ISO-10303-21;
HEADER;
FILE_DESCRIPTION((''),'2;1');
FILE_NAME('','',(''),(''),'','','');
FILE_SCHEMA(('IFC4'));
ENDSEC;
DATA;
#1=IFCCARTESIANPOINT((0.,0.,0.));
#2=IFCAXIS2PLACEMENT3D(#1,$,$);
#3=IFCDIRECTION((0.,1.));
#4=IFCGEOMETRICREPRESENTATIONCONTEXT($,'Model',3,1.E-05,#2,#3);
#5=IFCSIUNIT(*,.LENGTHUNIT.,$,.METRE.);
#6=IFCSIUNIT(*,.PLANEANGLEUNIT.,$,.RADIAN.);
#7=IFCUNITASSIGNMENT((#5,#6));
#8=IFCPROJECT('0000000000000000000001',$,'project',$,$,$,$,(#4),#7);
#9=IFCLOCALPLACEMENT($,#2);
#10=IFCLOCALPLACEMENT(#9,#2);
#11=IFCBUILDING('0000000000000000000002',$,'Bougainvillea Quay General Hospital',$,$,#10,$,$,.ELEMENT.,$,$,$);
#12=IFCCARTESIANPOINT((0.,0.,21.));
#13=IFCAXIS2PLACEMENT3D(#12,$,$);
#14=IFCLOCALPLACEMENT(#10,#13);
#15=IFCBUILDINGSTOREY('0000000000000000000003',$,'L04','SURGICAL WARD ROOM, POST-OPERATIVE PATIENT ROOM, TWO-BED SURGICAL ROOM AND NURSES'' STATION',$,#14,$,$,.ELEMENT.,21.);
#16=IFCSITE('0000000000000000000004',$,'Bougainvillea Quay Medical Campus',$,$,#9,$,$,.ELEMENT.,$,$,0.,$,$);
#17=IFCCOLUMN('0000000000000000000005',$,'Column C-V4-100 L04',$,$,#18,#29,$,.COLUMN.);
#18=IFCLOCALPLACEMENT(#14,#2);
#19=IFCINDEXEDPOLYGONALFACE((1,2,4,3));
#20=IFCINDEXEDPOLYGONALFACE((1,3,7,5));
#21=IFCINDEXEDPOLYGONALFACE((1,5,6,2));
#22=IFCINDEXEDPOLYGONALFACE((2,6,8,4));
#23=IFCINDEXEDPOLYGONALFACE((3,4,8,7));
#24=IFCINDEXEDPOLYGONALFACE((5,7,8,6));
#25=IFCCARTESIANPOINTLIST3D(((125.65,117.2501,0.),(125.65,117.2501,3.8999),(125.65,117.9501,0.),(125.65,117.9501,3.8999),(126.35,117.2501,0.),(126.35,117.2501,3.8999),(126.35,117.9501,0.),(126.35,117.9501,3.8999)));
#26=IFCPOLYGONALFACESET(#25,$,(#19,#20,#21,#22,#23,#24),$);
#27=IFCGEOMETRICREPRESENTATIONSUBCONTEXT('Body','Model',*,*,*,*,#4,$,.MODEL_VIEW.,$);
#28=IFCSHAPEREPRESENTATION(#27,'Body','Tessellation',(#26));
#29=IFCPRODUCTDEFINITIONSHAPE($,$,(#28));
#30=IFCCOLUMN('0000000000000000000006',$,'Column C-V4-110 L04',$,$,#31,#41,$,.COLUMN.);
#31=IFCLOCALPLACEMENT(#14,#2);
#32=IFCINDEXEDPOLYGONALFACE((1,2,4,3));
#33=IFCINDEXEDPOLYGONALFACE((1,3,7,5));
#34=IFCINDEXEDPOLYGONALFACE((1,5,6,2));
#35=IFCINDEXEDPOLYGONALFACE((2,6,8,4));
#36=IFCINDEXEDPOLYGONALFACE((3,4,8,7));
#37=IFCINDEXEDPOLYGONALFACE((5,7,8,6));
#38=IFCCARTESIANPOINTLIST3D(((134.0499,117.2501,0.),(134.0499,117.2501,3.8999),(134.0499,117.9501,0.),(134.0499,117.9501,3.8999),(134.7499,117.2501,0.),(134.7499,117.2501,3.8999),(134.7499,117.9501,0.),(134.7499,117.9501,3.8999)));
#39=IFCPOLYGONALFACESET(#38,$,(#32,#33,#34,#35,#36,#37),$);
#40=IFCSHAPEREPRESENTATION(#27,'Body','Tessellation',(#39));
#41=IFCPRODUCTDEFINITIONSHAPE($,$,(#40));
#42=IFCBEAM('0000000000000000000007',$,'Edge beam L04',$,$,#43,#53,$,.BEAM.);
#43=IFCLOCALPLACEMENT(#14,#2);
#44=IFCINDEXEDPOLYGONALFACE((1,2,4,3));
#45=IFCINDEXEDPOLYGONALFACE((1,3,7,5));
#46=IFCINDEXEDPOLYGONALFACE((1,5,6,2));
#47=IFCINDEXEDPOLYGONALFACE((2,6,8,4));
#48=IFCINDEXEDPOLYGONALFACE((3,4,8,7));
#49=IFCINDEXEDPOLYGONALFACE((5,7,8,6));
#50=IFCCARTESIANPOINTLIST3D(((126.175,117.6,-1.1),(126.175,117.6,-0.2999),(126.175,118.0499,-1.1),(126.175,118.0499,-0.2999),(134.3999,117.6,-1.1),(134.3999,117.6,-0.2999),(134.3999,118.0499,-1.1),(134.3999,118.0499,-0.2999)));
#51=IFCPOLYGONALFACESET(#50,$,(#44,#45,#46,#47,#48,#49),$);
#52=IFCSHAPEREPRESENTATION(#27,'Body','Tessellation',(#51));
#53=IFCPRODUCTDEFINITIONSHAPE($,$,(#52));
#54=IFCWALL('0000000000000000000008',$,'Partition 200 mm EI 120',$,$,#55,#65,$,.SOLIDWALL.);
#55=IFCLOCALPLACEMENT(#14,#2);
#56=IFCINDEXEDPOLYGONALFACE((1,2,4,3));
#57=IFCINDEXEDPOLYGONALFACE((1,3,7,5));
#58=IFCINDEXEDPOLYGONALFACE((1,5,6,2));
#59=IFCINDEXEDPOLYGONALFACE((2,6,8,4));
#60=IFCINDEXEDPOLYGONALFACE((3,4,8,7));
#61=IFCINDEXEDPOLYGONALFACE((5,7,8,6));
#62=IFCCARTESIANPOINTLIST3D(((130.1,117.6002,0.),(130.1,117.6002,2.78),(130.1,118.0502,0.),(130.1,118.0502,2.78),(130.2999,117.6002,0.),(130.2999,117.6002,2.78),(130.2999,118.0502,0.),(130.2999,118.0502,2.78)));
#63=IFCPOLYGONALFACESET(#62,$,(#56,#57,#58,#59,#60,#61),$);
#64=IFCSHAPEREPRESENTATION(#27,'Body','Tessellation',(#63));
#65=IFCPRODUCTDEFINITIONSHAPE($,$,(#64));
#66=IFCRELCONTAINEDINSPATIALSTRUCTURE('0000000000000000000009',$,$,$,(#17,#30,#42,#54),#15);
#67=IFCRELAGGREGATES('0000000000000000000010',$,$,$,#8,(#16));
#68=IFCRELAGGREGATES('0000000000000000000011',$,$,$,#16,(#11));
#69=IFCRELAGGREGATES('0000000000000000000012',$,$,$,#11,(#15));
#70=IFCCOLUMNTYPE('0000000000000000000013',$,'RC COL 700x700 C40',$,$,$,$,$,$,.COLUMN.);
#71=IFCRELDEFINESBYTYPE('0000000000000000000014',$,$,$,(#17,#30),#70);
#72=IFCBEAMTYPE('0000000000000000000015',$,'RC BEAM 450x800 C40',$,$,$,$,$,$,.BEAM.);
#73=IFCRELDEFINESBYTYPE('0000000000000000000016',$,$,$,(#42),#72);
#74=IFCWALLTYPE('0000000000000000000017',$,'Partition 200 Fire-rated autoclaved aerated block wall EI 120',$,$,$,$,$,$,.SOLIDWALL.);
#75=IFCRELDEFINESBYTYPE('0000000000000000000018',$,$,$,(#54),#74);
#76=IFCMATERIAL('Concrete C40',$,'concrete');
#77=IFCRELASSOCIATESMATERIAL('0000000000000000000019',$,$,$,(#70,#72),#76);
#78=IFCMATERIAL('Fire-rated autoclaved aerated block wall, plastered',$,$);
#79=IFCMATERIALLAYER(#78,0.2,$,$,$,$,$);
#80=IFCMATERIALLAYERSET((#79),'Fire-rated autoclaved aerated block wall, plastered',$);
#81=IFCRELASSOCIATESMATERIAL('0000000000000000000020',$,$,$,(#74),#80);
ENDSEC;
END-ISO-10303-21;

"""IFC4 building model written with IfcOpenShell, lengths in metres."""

from ifc_helpers import new_model, si_unit, direction, frame, frame_2d, origin, origin_2d, place, context, subcontext, project, spatial, rectangle, extrude, material, layer, layer_set, material_profile, profile_set, type_object, element, save


model = new_model("IFC4")

# Units and contexts
model_context = context("Model", 3, precision=1e-05, world=origin(), true_north=direction((0.0, 1.0)))
body_context = subcontext(model_context, "Body", "Model", "MODEL_VIEW")
ifc_project = project(units=[si_unit("LENGTHUNIT", "METRE"), si_unit("PLANEANGLEUNIT", "RADIAN")], contexts=[model_context])

# Site, building, storey
site_placement = place(None, origin())
site = spatial("IfcSite", under=ifc_project, at=site_placement, Name="Bougainvillea Quay Medical Campus", CompositionType="ELEMENT", RefElevation=0.0)
building_placement = place(site_placement, origin())
building = spatial("IfcBuilding", under=site, at=building_placement, Name="Bougainvillea Quay General Hospital", CompositionType="ELEMENT")
storey_placement = place(building_placement, frame((0.0, 0.0, 21.0)))
storey = spatial("IfcBuildingStorey", under=building, at=storey_placement, Name="L04", Description="SURGICAL WARD ROOM, POST-OPERATIVE PATIENT ROOM, TWO-BED SURGICAL ROOM AND NURSES' STATION", CompositionType="ELEMENT", Elevation=21.0)

# Columns
ifc_material_1 = material(Name="Concrete C40", Category="concrete")
ifc_material_profile_1 = material_profile(ifc_material_1, rectangle(XDim=0.7, YDim=0.7, at=origin_2d()))
ifc_profile_set_1 = profile_set([ifc_material_profile_1], Name="Concrete C40")
column_type = type_object("IfcColumnType", Name="RC COL 700x700 C40", PredefinedType="COLUMN", material=ifc_profile_set_1)
for number, where, z_axis, x_axis, name in (
    (1, (126.0, 117.6001, 0.0), (0.0, 0.0, 1.0), (1.0, 0.0, 0.0), "Column C-V4-100 L04"),
    (2, (134.3999, 117.6001, 0.0), (0.0, 0.0, 1.0), (1.0, 0.0, 0.0), "Column C-V4-110 L04"),
):
    element("IfcColumn", number, at=place(storey_placement, frame(where, z_axis=z_axis, x_axis=x_axis)), inside=storey, type_object=column_type, Name=name, PredefinedType="COLUMN", context=body_context, shape_type="SweptSolid", body=[
        extrude(rectangle(XDim=0.7, YDim=0.7, at=origin_2d()), origin(), (0.0, 0.0, 1.0), 3.8999),
    ])

# Beam
ifc_material_profile_2 = material_profile(ifc_material_1, rectangle(XDim=0.45, YDim=0.8, at=origin_2d()))
ifc_profile_set_2 = profile_set([ifc_material_profile_2], Name="Concrete C40")
beam_type = type_object("IfcBeamType", Name="RC BEAM 450x800 C40", PredefinedType="BEAM", material=ifc_profile_set_2)
beam_placement = place(storey_placement, frame((126.175, 117.825, -0.7), z_axis=(1.0, 0.0, 0.0), x_axis=(0.0, 1.0, 0.0)))
element("IfcBeam", 3, at=beam_placement, inside=storey, type_object=beam_type, Name="Edge beam L04", PredefinedType="BEAM", context=body_context, shape_type="SweptSolid", body=[
    extrude(rectangle(XDim=0.45, YDim=0.8, at=origin_2d()), origin(), (0.0, 0.0, 1.0), 8.2249),
])

# Wall
ifc_material_2 = material(Name="Fire-rated autoclaved aerated block wall, plastered")
ifc_layer = layer(ifc_material_2, 0.2)
ifc_layer_set = layer_set([ifc_layer], Name="Fire-rated autoclaved aerated block wall, plastered")
wall_type = type_object("IfcWallType", Name="Partition 200 Fire-rated autoclaved aerated block wall EI 120", PredefinedType="SOLIDWALL", material=ifc_layer_set)
wall_placement = place(storey_placement, frame((130.2, 117.6001, 0.0), z_axis=(0.0, 0.0, 1.0), x_axis=(0.0, 1.0, 0.0)))
element("IfcWall", 4, at=wall_placement, inside=storey, type_object=wall_type, Name="Partition 200 mm EI 120", PredefinedType="SOLIDWALL", context=body_context, shape_type="SweptSolid", body=[
    extrude(rectangle(XDim=0.45, YDim=0.2, at=frame_2d((0.2251, 0.0))), origin(), (0.0, 0.0, 1.0), 2.78),
])

save(model, "model.ifc")
